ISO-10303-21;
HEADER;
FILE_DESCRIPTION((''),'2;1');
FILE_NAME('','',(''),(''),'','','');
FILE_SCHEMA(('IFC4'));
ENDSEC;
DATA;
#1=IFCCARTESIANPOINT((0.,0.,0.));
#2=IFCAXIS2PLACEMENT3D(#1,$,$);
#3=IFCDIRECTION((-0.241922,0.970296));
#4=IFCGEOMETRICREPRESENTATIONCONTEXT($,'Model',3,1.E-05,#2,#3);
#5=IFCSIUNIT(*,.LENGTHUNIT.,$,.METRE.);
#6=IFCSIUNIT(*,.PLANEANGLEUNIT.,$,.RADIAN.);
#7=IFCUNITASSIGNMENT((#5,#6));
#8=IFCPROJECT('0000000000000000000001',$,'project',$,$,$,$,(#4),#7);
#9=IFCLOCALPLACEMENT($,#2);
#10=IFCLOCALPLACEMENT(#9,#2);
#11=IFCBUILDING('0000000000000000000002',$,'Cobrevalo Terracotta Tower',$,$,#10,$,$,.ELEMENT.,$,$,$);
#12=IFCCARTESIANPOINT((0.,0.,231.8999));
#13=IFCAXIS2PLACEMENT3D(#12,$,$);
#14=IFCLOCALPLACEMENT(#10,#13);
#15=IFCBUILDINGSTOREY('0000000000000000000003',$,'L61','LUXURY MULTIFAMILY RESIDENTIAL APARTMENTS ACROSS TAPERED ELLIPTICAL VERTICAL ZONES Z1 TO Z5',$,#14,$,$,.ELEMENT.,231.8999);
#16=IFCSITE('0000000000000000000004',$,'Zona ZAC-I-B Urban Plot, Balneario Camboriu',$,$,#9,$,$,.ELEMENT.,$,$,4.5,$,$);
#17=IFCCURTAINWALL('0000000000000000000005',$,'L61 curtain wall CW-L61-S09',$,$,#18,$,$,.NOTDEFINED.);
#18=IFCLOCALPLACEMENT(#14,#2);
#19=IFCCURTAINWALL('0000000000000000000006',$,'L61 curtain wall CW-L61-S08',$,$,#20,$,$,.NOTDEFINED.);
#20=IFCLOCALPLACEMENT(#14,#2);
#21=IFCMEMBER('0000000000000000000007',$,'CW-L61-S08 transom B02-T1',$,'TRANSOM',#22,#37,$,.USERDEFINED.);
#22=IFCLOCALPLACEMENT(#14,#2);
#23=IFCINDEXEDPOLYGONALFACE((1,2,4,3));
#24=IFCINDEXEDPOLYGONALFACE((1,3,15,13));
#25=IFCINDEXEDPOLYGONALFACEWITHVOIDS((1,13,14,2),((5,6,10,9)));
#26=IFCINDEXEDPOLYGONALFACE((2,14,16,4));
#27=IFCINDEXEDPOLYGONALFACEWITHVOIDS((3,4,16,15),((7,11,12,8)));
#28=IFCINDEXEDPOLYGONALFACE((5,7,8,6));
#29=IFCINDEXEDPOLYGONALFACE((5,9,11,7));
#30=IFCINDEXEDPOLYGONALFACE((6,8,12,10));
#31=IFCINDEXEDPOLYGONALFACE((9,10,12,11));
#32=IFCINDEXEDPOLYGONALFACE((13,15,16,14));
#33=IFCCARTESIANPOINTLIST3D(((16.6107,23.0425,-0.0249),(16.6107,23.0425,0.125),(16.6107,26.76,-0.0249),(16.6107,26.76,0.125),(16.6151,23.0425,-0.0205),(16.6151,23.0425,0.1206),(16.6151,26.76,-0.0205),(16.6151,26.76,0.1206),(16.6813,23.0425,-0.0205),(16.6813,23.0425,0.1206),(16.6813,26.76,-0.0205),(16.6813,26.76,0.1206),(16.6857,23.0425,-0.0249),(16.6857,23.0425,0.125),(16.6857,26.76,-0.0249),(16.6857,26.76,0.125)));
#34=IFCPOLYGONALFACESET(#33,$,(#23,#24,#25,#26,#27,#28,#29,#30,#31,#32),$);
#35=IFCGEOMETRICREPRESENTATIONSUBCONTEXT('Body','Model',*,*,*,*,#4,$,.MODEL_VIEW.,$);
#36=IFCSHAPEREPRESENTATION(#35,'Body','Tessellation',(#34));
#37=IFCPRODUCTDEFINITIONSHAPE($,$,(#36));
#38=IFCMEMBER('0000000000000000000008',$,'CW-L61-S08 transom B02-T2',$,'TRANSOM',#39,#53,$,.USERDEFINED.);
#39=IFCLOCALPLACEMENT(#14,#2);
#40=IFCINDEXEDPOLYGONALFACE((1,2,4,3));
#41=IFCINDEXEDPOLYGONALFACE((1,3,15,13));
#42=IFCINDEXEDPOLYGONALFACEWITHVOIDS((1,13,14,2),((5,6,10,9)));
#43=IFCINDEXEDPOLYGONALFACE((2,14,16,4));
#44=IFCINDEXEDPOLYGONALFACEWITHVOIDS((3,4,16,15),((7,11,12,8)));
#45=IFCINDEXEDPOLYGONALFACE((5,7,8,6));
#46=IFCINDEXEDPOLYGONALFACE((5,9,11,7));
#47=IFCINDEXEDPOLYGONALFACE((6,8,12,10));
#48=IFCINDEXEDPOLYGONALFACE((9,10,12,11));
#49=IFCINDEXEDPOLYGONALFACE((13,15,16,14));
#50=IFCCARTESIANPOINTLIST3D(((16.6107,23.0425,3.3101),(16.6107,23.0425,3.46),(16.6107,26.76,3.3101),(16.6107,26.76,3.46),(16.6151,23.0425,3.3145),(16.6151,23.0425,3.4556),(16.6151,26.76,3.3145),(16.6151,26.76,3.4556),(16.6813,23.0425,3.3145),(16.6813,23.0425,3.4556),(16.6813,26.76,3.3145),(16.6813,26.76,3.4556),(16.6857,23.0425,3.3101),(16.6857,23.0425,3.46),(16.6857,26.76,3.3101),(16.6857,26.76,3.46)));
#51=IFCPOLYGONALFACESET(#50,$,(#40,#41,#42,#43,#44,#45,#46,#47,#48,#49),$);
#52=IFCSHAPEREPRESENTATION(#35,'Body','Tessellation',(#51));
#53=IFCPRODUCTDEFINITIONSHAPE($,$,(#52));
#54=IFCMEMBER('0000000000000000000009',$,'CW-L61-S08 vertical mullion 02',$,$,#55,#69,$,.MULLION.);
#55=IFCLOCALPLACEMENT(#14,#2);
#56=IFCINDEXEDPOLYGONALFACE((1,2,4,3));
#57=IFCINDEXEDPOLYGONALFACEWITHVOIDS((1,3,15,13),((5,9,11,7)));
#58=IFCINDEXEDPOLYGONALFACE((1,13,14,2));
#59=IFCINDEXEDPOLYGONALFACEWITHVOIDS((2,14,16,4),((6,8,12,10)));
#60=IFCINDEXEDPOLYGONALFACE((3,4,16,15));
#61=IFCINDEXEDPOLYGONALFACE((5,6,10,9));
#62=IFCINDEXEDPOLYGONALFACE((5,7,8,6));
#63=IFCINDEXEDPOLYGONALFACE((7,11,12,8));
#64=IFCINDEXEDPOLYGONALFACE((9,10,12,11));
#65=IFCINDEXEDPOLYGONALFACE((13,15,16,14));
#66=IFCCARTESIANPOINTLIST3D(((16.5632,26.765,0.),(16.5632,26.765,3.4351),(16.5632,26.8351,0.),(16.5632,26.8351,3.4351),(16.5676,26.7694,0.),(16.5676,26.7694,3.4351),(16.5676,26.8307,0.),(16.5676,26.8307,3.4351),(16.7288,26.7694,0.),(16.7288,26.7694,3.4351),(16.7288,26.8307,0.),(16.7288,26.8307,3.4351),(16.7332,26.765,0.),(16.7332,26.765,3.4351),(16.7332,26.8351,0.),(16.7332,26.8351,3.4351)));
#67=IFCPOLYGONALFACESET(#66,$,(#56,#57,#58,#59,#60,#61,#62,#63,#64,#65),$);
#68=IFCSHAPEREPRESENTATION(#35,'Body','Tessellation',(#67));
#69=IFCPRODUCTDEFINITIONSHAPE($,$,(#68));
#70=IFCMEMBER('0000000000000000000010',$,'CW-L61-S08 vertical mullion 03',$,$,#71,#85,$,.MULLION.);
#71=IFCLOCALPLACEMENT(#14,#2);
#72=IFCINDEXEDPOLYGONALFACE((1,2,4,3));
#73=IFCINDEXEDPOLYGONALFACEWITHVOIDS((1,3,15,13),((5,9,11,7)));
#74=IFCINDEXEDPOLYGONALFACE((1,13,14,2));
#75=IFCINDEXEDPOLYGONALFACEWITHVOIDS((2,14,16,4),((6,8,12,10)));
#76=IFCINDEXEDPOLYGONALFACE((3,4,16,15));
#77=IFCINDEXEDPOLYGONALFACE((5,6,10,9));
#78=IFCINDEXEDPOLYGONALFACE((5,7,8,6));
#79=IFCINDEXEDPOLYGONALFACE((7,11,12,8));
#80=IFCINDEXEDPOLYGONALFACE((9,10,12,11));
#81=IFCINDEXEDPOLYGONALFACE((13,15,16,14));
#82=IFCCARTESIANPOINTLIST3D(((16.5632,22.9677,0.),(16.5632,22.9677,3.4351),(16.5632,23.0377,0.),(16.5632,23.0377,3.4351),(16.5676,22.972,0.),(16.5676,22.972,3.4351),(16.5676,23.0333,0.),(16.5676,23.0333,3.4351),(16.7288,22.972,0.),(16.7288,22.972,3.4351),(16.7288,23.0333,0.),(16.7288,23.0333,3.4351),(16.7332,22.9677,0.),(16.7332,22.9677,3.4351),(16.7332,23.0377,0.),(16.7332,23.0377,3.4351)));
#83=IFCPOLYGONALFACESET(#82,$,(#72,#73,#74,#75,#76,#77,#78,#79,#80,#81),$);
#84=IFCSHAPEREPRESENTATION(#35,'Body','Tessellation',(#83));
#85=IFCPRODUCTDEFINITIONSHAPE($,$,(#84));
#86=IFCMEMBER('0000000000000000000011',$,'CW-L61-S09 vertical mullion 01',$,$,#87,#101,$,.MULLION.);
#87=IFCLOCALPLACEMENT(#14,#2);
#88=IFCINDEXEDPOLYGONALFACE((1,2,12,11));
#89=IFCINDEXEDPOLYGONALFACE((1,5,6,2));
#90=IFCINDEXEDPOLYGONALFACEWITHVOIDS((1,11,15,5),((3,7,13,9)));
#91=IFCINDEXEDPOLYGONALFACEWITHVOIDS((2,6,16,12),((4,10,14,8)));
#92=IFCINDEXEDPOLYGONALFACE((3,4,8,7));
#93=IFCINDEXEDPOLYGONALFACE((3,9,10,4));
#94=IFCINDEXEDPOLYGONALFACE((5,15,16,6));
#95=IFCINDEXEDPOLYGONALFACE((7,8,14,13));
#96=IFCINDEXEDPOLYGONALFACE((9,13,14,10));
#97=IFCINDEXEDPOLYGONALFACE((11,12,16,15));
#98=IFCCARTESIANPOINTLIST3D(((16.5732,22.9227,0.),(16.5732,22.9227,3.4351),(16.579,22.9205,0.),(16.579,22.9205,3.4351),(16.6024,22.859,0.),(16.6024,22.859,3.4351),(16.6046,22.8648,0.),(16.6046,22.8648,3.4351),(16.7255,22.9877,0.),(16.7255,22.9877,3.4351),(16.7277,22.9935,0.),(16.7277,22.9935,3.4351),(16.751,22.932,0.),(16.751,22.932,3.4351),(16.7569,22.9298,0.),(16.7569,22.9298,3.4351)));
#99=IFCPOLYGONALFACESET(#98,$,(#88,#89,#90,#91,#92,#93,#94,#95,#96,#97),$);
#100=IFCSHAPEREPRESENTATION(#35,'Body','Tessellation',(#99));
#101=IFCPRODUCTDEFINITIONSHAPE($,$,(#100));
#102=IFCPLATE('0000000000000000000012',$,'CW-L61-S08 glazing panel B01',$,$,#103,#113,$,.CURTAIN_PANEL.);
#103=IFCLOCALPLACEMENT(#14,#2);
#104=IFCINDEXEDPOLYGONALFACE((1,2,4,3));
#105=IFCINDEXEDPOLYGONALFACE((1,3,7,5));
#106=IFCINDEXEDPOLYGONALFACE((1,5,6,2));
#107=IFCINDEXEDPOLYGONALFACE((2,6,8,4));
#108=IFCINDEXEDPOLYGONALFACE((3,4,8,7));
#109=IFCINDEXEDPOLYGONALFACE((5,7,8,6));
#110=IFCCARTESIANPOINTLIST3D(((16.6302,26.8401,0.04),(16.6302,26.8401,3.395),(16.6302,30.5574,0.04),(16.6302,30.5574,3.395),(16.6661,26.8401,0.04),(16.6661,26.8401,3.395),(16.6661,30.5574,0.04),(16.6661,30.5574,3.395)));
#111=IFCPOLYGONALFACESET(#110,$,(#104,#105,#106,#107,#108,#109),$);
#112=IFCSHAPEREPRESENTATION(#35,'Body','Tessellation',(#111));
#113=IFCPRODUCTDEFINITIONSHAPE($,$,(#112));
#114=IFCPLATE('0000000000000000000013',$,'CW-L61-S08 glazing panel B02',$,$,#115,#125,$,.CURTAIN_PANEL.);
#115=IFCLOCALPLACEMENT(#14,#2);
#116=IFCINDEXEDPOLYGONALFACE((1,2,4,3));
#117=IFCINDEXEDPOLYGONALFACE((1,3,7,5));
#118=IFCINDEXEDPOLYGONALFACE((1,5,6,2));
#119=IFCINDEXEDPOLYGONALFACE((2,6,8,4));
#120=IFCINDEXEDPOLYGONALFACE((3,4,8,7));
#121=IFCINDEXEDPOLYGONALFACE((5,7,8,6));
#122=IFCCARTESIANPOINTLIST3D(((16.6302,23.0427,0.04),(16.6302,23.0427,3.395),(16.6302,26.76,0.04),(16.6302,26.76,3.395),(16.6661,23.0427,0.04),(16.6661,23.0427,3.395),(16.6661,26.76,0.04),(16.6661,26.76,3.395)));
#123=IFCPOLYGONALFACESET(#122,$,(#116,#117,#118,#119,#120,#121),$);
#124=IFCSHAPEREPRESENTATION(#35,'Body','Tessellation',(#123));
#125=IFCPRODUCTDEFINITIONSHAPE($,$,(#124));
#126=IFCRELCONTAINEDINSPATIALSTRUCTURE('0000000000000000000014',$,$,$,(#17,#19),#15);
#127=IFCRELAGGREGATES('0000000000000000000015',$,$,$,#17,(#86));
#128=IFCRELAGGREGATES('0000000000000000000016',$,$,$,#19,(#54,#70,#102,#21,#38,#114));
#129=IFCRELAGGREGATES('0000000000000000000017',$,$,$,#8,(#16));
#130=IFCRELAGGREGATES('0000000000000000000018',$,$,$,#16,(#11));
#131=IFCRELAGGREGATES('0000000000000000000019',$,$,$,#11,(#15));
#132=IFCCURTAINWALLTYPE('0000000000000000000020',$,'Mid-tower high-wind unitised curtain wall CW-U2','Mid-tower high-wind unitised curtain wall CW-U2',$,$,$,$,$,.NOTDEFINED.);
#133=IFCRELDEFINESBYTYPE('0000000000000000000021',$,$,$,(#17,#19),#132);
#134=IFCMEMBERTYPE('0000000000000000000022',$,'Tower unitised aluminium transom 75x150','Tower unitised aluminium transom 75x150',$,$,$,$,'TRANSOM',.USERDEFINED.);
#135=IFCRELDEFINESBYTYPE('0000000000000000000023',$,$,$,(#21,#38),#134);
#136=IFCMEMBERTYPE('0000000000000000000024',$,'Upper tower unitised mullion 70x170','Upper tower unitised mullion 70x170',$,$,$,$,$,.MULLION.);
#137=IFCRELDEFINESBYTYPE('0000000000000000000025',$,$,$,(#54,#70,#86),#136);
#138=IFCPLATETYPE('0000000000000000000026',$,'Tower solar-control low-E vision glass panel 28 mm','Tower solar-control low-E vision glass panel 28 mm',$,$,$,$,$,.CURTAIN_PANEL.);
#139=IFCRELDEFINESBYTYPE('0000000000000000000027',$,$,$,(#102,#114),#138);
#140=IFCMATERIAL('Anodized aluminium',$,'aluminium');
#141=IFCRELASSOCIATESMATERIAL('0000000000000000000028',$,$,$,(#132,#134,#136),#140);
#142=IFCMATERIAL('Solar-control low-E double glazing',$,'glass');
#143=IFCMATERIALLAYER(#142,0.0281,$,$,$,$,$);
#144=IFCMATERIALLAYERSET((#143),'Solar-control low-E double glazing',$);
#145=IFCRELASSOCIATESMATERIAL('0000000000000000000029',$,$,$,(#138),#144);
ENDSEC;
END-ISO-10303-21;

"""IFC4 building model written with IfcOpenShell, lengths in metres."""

from ifc_helpers import new_model, si_unit, direction, frame, origin, origin_2d, place, context, subcontext, project, spatial, rectangle, hollow_rectangle, extrude, source, transform, mapped, material, layer, layer_set, material_profile, profile_set, type_object, element, aggregate, save


model = new_model("IFC4")

# Units and contexts
model_context = context("Model", 3, precision=1e-05, world=origin(), true_north=direction((-0.241922, 0.970296)))
body_context = subcontext(model_context, "Body", "Model", "MODEL_VIEW")
ifc_project = project(units=[si_unit("LENGTHUNIT", "METRE"), si_unit("PLANEANGLEUNIT", "RADIAN")], contexts=[model_context])

# Site, building, storey
site_placement = place(None, origin())
site = spatial("IfcSite", under=ifc_project, at=site_placement, Name="Zona ZAC-I-B Urban Plot, Balneario Camboriu", CompositionType="ELEMENT", RefElevation=4.5)
building_placement = place(site_placement, origin())
building = spatial("IfcBuilding", under=site, at=building_placement, Name="Cobrevalo Terracotta Tower", CompositionType="ELEMENT")
storey_placement = place(building_placement, frame((0.0, 0.0, 231.8999)))
storey = spatial("IfcBuildingStorey", under=building, at=storey_placement, Name="L61", Description="LUXURY MULTIFAMILY RESIDENTIAL APARTMENTS ACROSS TAPERED ELLIPTICAL VERTICAL ZONES Z1 TO Z5", CompositionType="ELEMENT", Elevation=231.8999)

# Curtain walls, members
ifc_material_1 = material(Name="Anodized aluminium", Category="aluminium")
curtain_wall_type = type_object("IfcCurtainWallType", Name="Mid-tower high-wind unitised curtain wall CW-U2", Description="Mid-tower high-wind unitised curtain wall CW-U2", PredefinedType="NOTDEFINED", material=ifc_material_1)
curtain_wall_1_placement = place(storey_placement, origin())
curtain_wall_1 = element("IfcCurtainWall", 1, at=curtain_wall_1_placement, inside=storey, type_object=curtain_wall_type, Name="L61 curtain wall CW-L61-S09", PredefinedType="NOTDEFINED")
ifc_material_profile_1 = material_profile(ifc_material_1, hollow_rectangle(XDim=0.075, YDim=0.1499, WallThickness=0.0044, at=origin_2d()), Name="CWT 75x150")
ifc_profile_set_1 = profile_set([ifc_material_profile_1], Name="Anodized aluminium")
member_type_1 = type_object("IfcMemberType", Name="Tower unitised aluminium transom 75x150", Description="Tower unitised aluminium transom 75x150", ElementType="TRANSOM", PredefinedType="USERDEFINED", material=ifc_profile_set_1)
curtain_wall_2_placement = place(storey_placement, origin())
curtain_wall_2 = element("IfcCurtainWall", 2, at=curtain_wall_2_placement, inside=storey, type_object=curtain_wall_type, Name="L61 curtain wall CW-L61-S08", PredefinedType="NOTDEFINED")
shared_shape_1 = source(origin(), body_context, "Body", "SweptSolid", [
    extrude(hollow_rectangle(XDim=0.075, YDim=0.1499, WallThickness=0.0044, at=origin_2d()), origin(), (0.0, 0.0, 1.0), 3.7175),
])
member_1_placement = place(storey_placement, frame((16.6482, 26.76, 0.05), z_axis=(0.0, -1.0, 0.0), x_axis=(1.0, 0.0, 0.0)))
member_1 = element("IfcMember", 3, at=member_1_placement, type_object=member_type_1, Name="CW-L61-S08 transom B02-T1", ObjectType="TRANSOM", PredefinedType="USERDEFINED", context=body_context, shape_type="MappedRepresentation", body=[
    mapped(shared_shape_1, transform((0.0, 0.0, 0.0), scale=1.0)),
])
member_2_placement = place(storey_placement, frame((16.6482, 26.76, 3.385), z_axis=(0.0, -1.0, 0.0), x_axis=(1.0, 0.0, 0.0)))
member_2 = element("IfcMember", 4, at=member_2_placement, type_object=member_type_1, Name="CW-L61-S08 transom B02-T2", ObjectType="TRANSOM", PredefinedType="USERDEFINED", context=body_context, shape_type="MappedRepresentation", body=[
    mapped(shared_shape_1, transform((0.0, 0.0, 0.0), scale=1.0)),
])
ifc_material_profile_2 = material_profile(ifc_material_1, hollow_rectangle(XDim=0.0701, YDim=0.1699, WallThickness=0.0044, at=origin_2d()), Name="CWM 70x170")
ifc_profile_set_2 = profile_set([ifc_material_profile_2], Name="Anodized aluminium")
member_type_2 = type_object("IfcMemberType", Name="Upper tower unitised mullion 70x170", Description="Upper tower unitised mullion 70x170", PredefinedType="MULLION", material=ifc_profile_set_2)
shared_shape_2 = source(origin(), body_context, "Body", "SweptSolid", [
    extrude(hollow_rectangle(XDim=0.0701, YDim=0.1699, WallThickness=0.0044, at=origin_2d()), origin(), (0.0, 0.0, 1.0), 3.4351),
])
member_3_placement = place(storey_placement, frame((16.6482, 26.8, 0.0), z_axis=(0.0, 0.0, 1.0), x_axis=(0.0, -1.0, 0.0)))
member_3 = element("IfcMember", 5, at=member_3_placement, type_object=member_type_2, Name="CW-L61-S08 vertical mullion 02", PredefinedType="MULLION", context=body_context, shape_type="MappedRepresentation", body=[
    mapped(shared_shape_2, transform((0.0, 0.0, 0.0), scale=1.0)),
])
member_4_placement = place(storey_placement, frame((16.6482, 23.0027, 0.0), z_axis=(0.0, 0.0, 1.0), x_axis=(0.0, -1.0, 0.0)))
member_4 = element("IfcMember", 6, at=member_4_placement, type_object=member_type_2, Name="CW-L61-S08 vertical mullion 03", PredefinedType="MULLION", context=body_context, shape_type="MappedRepresentation", body=[
    mapped(shared_shape_2, transform((0.0, 0.0, 0.0), scale=1.0)),
])

# Member
member_5_placement = place(storey_placement, frame((16.665, 22.9263, 0.0), z_axis=(0.0, 0.0, 1.0), x_axis=(0.416725, -0.909033, 0.0)))
member_5 = element("IfcMember", 7, at=member_5_placement, type_object=member_type_2, Name="CW-L61-S09 vertical mullion 01", PredefinedType="MULLION", context=body_context, shape_type="MappedRepresentation", body=[
    mapped(shared_shape_2, transform((0.0, 0.0, 0.0), scale=1.0)),
])
aggregate(curtain_wall_1, [member_5])

# Plates
ifc_material_2 = material(Name="Solar-control low-E double glazing", Category="glass")
ifc_layer = layer(ifc_material_2, 0.0281)
ifc_layer_set = layer_set([ifc_layer], Name="Solar-control low-E double glazing")
plate_type = type_object("IfcPlateType", Name="Tower solar-control low-E vision glass panel 28 mm", Description="Tower solar-control low-E vision glass panel 28 mm", PredefinedType="CURTAIN_PANEL", material=ifc_layer_set)
shared_shape_3 = source(origin(), body_context, "Body", "SweptSolid", [
    extrude(rectangle(XDim=3.7173, YDim=0.0359, at=origin_2d()), origin(), (0.0, 0.0, 1.0), 3.355),
])
plate_1_placement = place(storey_placement, frame((16.6482, 28.6987, 0.04), z_axis=(0.0, 0.0, 1.0), x_axis=(0.0, -1.0, 0.0)))
plate_1 = element("IfcPlate", 8, at=plate_1_placement, type_object=plate_type, Name="CW-L61-S08 glazing panel B01", PredefinedType="CURTAIN_PANEL", context=body_context, shape_type="MappedRepresentation", body=[
    mapped(shared_shape_3, transform((0.0, 0.0, 0.0), scale=1.0)),
])
plate_2_placement = place(storey_placement, frame((16.6482, 24.9014, 0.04), z_axis=(0.0, 0.0, 1.0), x_axis=(0.0, -1.0, 0.0)))
plate_2 = element("IfcPlate", 9, at=plate_2_placement, type_object=plate_type, Name="CW-L61-S08 glazing panel B02", PredefinedType="CURTAIN_PANEL", context=body_context, shape_type="MappedRepresentation", body=[
    mapped(shared_shape_3, transform((0.0, 0.0, 0.0), scale=1.0)),
])
aggregate(curtain_wall_2, [member_3, member_4, plate_1, member_1, member_2, plate_2])

save(model, "model.ifc")
